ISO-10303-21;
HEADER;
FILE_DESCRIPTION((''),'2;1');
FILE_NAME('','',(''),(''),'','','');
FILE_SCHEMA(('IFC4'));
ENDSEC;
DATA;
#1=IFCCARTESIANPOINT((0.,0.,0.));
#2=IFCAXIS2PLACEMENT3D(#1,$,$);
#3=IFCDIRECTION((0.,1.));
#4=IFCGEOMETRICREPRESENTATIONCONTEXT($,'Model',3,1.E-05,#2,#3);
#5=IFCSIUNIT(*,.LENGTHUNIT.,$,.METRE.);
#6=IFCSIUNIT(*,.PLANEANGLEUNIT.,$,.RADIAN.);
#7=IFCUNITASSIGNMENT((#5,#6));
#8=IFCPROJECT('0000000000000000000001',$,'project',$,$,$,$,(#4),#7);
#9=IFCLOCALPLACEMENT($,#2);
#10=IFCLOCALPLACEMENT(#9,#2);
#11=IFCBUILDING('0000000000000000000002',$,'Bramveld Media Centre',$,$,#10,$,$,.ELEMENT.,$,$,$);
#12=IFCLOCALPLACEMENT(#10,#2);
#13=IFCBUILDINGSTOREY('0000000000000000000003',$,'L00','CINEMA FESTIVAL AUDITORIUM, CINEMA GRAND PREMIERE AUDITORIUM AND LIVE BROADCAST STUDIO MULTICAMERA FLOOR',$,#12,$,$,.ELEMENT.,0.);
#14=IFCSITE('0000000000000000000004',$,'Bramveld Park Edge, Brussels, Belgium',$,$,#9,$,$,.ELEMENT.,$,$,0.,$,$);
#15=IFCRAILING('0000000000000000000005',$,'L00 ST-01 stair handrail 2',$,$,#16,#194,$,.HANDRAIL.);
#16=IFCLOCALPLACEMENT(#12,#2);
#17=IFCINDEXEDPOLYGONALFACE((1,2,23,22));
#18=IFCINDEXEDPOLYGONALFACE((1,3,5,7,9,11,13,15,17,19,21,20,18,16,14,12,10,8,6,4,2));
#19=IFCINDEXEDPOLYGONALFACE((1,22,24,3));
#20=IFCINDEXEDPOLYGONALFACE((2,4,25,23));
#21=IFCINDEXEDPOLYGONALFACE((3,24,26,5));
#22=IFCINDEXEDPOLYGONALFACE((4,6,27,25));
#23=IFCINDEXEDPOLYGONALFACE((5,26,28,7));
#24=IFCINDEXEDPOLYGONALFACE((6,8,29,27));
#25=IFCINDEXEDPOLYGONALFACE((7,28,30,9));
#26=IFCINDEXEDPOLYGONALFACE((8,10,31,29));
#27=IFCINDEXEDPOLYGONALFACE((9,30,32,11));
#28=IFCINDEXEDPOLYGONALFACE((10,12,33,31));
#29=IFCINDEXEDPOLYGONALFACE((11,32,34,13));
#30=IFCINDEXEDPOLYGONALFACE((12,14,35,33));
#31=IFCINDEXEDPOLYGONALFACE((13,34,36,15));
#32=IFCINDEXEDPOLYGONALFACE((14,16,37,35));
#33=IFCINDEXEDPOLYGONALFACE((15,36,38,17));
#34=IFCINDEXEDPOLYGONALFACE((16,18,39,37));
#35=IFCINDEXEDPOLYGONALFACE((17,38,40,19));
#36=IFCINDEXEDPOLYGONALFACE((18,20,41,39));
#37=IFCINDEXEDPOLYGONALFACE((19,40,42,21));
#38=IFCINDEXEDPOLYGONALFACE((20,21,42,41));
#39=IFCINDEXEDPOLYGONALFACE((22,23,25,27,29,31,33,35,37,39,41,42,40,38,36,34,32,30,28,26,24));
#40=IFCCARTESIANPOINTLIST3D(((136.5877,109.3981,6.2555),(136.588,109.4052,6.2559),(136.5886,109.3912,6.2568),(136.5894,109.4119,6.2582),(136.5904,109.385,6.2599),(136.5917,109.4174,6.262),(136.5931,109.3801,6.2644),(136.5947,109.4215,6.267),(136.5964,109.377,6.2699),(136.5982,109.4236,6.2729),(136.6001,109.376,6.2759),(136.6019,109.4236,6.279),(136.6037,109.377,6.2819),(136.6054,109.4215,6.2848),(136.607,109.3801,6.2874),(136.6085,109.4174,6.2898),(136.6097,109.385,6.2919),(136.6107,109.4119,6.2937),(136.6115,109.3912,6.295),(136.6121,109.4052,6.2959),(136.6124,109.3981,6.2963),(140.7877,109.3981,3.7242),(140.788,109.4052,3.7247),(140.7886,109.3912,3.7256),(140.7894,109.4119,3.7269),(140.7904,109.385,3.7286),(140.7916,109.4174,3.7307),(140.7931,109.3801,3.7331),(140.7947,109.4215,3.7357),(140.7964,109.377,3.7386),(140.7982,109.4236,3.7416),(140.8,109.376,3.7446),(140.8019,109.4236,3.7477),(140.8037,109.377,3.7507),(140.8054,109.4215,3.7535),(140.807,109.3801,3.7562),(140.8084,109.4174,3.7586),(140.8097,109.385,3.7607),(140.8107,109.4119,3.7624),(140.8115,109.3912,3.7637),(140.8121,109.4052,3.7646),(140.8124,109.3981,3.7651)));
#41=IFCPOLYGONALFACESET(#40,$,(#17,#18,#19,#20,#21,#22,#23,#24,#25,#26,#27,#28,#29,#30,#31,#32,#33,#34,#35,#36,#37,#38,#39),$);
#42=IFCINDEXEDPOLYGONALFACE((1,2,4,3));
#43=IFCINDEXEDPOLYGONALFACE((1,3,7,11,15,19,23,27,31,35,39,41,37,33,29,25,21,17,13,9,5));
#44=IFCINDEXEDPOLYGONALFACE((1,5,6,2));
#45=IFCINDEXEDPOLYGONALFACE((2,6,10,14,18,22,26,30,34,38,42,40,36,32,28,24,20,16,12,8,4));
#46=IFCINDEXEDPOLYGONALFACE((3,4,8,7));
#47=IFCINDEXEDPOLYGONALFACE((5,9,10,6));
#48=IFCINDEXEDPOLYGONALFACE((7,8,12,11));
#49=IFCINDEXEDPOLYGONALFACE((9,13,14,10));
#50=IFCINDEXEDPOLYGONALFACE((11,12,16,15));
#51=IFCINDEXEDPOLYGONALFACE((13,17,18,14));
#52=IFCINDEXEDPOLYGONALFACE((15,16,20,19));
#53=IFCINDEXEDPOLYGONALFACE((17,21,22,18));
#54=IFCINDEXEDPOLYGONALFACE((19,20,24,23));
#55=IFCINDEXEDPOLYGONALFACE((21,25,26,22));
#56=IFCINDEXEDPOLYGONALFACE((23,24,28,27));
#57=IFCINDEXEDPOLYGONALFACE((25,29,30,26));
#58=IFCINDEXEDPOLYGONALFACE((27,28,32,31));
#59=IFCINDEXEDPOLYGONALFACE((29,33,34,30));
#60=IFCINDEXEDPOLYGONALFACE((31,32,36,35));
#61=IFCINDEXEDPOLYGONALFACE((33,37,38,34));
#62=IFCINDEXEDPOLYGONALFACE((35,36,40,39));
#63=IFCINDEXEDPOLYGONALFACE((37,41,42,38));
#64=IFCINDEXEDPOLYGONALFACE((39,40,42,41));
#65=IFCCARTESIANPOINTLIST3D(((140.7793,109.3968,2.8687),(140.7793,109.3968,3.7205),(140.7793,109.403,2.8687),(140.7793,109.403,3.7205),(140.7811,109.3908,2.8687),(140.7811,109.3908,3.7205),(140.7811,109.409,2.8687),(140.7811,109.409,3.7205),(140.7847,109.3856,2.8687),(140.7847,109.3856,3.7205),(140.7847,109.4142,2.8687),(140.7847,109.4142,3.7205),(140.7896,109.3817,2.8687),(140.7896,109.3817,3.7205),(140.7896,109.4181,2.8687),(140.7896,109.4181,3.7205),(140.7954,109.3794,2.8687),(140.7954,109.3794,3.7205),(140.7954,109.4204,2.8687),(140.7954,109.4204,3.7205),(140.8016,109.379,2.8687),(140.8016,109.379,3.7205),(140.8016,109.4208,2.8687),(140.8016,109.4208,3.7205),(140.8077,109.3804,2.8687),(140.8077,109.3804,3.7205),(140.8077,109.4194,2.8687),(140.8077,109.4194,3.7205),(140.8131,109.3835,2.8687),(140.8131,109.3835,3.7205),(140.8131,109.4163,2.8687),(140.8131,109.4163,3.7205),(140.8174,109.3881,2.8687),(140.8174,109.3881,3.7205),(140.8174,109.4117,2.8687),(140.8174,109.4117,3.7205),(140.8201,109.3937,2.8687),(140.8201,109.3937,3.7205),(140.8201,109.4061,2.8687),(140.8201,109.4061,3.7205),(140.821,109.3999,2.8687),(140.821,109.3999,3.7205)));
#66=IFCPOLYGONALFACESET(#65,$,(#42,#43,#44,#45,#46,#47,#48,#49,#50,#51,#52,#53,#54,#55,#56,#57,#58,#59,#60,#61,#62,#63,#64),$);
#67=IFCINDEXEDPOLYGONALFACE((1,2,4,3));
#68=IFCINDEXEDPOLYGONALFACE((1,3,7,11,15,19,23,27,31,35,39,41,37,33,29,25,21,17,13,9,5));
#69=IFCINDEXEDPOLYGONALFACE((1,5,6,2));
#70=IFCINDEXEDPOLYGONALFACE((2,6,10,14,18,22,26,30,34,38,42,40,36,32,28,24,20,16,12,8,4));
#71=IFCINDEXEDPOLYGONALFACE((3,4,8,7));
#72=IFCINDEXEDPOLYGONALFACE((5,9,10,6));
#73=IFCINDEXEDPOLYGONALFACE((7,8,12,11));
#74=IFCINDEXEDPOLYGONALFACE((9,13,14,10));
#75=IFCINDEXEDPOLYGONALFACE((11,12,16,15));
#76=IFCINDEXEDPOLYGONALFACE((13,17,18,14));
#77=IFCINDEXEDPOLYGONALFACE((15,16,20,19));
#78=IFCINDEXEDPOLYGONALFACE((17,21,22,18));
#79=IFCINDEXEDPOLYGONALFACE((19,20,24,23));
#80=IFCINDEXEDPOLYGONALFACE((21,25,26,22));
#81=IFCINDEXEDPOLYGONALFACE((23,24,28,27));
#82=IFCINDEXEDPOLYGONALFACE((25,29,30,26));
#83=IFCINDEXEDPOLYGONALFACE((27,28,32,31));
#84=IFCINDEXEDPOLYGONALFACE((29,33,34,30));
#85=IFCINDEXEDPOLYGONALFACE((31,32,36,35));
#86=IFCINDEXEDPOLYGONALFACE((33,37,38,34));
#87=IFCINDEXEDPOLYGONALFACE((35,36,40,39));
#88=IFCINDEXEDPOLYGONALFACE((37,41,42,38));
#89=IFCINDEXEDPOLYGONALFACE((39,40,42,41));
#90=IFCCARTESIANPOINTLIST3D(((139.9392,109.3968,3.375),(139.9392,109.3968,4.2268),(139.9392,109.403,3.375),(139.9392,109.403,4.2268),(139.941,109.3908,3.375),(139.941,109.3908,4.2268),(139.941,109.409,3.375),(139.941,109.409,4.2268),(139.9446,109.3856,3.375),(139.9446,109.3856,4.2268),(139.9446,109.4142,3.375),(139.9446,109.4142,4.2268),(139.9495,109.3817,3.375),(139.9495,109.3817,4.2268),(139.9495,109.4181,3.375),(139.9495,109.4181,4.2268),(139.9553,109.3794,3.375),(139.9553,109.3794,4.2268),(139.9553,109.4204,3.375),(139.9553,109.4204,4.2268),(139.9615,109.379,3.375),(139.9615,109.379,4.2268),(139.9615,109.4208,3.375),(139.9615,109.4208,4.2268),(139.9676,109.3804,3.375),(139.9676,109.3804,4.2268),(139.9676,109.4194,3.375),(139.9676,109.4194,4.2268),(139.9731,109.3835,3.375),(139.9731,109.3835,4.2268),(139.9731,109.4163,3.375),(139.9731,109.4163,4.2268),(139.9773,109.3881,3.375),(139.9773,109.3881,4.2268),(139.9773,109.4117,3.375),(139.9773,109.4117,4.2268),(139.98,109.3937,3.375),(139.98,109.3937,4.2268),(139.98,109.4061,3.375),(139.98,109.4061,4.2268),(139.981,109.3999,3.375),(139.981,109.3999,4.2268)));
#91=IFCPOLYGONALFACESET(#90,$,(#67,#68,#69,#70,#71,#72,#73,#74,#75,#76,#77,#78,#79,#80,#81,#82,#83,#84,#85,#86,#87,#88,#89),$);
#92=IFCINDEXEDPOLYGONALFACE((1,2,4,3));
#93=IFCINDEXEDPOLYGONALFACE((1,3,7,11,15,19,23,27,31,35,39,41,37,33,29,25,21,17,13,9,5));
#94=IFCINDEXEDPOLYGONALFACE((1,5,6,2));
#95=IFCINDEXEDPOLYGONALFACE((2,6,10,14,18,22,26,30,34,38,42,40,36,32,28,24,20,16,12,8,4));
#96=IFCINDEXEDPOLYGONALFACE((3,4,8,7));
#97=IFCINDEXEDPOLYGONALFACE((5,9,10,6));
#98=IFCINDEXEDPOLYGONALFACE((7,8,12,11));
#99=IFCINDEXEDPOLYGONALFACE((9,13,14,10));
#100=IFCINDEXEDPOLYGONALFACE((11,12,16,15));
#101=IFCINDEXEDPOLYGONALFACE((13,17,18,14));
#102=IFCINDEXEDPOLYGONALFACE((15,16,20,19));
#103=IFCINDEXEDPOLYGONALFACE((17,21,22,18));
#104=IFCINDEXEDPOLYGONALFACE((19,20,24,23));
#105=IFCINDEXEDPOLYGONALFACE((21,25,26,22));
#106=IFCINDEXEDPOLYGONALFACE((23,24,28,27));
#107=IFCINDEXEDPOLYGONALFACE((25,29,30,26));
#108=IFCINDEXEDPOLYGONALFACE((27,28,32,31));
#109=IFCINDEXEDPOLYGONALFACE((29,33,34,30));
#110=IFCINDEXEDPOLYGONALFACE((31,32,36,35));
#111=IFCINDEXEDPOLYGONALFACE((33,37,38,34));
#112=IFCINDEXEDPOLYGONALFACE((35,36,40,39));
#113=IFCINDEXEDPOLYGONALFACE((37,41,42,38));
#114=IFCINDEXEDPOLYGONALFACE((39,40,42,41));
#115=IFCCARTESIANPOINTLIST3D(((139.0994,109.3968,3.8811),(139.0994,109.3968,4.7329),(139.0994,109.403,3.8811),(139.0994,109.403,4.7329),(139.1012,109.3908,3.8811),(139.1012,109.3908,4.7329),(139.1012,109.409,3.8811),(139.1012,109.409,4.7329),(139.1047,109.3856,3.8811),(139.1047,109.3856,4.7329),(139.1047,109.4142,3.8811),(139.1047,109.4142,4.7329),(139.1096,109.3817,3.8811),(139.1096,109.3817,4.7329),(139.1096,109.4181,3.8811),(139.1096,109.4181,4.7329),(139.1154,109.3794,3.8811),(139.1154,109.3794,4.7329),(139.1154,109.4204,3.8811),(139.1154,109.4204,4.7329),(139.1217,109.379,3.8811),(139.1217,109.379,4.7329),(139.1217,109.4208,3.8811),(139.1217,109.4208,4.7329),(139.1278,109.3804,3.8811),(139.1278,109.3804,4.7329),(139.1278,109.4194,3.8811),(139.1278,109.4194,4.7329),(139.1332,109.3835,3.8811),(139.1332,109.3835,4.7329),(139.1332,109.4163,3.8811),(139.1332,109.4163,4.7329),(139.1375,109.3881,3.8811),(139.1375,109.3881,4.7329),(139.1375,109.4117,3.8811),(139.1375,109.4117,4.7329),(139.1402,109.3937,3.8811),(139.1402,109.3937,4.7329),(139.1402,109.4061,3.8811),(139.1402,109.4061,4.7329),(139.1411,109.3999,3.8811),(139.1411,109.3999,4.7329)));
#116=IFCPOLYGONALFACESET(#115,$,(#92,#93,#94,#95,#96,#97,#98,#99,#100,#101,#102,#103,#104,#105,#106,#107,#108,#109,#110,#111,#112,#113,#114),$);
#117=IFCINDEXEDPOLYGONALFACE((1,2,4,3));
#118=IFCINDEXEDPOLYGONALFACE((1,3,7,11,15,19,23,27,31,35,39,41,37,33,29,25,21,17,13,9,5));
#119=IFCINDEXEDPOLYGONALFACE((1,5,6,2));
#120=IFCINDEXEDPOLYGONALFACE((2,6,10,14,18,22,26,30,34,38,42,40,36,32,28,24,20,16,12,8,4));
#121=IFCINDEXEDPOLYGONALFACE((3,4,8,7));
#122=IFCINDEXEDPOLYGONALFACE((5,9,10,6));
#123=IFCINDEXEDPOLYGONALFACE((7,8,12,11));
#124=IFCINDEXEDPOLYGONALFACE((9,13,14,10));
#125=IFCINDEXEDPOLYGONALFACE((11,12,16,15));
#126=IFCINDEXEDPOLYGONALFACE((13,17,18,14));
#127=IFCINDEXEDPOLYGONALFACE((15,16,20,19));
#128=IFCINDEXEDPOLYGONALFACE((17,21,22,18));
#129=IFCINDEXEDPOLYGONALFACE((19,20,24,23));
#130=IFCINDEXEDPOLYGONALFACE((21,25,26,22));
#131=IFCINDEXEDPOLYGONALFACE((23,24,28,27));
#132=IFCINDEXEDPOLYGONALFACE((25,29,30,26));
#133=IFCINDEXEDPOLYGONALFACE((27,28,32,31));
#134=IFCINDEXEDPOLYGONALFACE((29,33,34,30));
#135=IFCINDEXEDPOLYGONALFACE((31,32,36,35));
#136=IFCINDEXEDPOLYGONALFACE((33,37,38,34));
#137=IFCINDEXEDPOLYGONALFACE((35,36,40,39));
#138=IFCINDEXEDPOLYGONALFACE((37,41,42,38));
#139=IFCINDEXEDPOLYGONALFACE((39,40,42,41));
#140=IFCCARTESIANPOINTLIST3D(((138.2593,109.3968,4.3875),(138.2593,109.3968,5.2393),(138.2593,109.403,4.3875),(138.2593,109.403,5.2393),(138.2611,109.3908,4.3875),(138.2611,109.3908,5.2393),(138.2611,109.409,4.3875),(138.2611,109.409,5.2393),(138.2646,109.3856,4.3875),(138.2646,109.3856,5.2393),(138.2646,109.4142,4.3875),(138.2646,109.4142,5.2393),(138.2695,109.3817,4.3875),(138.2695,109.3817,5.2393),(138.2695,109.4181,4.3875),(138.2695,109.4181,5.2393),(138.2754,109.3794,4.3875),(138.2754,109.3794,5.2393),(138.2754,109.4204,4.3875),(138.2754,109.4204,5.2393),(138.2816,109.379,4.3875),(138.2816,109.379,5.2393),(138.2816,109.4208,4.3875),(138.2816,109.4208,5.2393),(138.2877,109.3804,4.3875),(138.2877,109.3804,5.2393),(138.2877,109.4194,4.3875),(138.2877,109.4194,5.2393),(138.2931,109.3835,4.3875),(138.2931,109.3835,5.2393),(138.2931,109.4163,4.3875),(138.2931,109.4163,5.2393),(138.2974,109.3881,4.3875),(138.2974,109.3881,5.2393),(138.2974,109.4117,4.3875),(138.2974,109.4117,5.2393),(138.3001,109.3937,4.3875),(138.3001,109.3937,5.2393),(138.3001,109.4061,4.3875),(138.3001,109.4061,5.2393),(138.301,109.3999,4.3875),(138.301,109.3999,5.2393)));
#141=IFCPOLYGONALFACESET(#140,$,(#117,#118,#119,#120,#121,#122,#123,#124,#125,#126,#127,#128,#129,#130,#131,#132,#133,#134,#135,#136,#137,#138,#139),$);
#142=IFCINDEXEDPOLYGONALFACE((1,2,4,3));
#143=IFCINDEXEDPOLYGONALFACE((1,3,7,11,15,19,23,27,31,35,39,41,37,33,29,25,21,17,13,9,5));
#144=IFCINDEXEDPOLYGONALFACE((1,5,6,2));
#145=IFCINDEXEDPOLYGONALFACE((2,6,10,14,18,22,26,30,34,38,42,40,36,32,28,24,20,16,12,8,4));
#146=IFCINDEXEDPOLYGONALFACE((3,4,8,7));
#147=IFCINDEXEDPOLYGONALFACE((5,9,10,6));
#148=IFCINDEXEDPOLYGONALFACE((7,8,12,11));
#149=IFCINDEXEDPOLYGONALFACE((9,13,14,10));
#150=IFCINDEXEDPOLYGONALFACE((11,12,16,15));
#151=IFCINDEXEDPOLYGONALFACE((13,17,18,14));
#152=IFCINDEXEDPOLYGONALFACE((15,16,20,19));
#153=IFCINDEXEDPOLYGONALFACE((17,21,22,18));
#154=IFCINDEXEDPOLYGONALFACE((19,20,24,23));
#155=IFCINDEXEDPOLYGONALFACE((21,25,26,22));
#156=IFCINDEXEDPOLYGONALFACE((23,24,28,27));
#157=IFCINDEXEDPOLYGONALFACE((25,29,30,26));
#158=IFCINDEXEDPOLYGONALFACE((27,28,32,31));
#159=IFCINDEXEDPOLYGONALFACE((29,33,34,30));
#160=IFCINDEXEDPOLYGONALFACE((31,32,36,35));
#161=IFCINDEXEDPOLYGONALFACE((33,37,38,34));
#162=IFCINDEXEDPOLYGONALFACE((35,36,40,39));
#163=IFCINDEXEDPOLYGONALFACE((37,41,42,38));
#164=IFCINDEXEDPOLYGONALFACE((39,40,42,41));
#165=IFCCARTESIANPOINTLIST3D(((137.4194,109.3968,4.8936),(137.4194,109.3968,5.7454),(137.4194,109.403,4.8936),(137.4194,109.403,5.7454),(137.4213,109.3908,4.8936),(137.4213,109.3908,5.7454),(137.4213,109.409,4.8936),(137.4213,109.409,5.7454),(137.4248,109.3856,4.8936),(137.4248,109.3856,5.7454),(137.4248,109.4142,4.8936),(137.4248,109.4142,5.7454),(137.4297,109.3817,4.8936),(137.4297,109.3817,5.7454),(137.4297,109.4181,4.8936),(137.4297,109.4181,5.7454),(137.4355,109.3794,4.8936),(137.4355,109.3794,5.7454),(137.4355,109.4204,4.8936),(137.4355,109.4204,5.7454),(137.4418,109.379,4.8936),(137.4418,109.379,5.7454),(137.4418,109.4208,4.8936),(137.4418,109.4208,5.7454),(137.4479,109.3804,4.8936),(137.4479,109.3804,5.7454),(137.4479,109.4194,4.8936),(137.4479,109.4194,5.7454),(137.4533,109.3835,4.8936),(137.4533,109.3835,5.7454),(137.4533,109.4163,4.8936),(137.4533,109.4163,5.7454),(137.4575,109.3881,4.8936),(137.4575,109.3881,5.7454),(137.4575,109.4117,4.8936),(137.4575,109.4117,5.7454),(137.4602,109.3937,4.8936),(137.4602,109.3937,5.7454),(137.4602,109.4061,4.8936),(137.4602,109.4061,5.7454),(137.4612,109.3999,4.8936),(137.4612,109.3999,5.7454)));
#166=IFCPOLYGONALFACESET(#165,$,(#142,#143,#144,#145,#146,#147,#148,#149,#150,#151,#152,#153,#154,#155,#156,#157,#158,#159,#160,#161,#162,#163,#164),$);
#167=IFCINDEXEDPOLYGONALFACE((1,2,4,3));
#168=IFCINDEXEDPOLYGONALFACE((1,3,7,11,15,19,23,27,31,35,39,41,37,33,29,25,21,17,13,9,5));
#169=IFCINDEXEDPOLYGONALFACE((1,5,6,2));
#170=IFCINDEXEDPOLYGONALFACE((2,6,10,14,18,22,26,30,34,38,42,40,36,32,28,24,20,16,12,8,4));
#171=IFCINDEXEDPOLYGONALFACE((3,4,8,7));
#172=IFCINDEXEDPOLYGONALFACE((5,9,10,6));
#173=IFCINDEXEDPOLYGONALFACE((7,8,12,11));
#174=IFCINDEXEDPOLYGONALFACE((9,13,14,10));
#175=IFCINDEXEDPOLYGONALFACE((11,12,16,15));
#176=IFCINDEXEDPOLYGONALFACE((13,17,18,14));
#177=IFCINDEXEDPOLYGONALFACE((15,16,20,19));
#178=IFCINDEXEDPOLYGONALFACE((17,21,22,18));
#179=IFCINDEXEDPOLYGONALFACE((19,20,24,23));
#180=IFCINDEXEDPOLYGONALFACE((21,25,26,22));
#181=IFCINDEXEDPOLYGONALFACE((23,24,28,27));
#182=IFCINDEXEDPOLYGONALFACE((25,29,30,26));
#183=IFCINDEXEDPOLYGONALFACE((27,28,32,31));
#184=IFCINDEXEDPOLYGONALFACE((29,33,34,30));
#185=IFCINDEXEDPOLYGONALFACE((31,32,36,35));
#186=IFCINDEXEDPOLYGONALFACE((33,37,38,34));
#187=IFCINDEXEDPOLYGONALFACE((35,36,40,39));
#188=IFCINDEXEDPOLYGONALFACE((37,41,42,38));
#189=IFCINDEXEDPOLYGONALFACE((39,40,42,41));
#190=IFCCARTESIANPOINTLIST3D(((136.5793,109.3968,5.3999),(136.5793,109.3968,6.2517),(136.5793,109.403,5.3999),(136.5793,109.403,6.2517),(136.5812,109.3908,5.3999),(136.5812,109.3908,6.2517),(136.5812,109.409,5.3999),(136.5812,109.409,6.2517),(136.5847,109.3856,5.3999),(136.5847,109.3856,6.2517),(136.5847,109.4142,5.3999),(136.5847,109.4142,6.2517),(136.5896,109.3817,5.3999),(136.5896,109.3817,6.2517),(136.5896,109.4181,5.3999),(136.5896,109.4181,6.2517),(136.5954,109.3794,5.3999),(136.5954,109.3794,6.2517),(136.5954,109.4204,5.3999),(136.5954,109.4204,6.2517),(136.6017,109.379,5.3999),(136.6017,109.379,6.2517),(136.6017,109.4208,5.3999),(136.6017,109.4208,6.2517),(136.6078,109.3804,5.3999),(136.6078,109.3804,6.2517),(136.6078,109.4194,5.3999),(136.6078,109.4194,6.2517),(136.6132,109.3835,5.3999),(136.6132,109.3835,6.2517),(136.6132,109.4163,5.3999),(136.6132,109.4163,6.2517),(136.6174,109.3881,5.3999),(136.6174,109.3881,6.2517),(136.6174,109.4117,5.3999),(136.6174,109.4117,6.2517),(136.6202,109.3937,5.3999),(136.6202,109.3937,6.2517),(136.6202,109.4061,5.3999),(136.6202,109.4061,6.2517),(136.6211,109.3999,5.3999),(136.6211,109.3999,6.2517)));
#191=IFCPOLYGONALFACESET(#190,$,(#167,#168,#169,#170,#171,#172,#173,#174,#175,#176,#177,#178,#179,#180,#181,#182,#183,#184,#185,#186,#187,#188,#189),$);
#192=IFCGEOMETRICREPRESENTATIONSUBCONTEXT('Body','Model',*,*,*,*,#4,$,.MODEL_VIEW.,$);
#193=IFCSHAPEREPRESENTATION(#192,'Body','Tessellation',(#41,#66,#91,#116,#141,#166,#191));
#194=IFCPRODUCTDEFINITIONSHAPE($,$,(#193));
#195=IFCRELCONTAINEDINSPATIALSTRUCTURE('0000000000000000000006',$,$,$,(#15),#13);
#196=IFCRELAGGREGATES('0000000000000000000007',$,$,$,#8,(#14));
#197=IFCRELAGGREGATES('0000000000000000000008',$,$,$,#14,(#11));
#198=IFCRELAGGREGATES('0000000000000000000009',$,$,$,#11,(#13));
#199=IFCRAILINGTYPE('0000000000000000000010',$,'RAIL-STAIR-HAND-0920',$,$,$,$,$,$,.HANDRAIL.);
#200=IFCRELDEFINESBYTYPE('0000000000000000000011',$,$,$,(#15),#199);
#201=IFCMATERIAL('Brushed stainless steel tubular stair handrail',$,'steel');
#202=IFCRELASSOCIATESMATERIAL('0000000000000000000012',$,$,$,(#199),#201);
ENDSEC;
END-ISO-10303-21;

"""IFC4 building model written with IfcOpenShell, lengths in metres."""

from ifc_helpers import new_model, si_unit, direction, frame, origin, origin_2d, place, context, subcontext, project, spatial, circle, extrude, material, type_object, element, save


model = new_model("IFC4")

# Units and contexts
model_context = context("Model", 3, precision=1e-05, world=origin(), true_north=direction((0.0, 1.0)))
body_context = subcontext(model_context, "Body", "Model", "MODEL_VIEW")
ifc_project = project(units=[si_unit("LENGTHUNIT", "METRE"), si_unit("PLANEANGLEUNIT", "RADIAN")], contexts=[model_context])

# Site, building, storey
site_placement = place(None, origin())
site = spatial("IfcSite", under=ifc_project, at=site_placement, Name="Bramveld Park Edge, Brussels, Belgium", CompositionType="ELEMENT", RefElevation=0.0)
building_placement = place(site_placement, origin())
building = spatial("IfcBuilding", under=site, at=building_placement, Name="Bramveld Media Centre", CompositionType="ELEMENT")
storey_placement = place(building_placement, origin())
storey = spatial("IfcBuildingStorey", under=building, at=storey_placement, Name="L00", Description="CINEMA FESTIVAL AUDITORIUM, CINEMA GRAND PREMIERE AUDITORIUM AND LIVE BROADCAST STUDIO MULTICAMERA FLOOR", CompositionType="ELEMENT", Elevation=0.0)

# Railing
ifc_material_1 = material(Name="Brushed stainless steel tubular stair handrail", Category="steel")
railing_type_1 = type_object("IfcRailingType", Name="RAIL-STAIR-HAND-0920", PredefinedType="HANDRAIL", material=ifc_material_1)
railing_1_placement = place(storey_placement, frame((140.8, 109.3999, 2.8687)))
element("IfcRailing", 1, at=railing_1_placement, inside=storey, type_object=railing_type_1, Name="L00 ST-01 stair handrail 2", PredefinedType="HANDRAIL", context=body_context, shape_type="SweptSolid", body=[
    extrude(circle(Radius=0.0239, at=origin_2d()), frame((0.0, 0.0, 0.876), z_axis=(-0.856476, 0.0, 0.516186), x_axis=(0.0, -1.0, 0.0)), (0.0, 0.0, 1.0), 4.9038),
    extrude(circle(Radius=0.021, at=origin_2d()), origin(), (0.0, 0.0, 1.0), 0.8518),
    extrude(circle(Radius=0.021, at=origin_2d()), frame((-0.8401, 0.0, 0.5063)), (0.0, 0.0, 1.0), 0.8518),
    extrude(circle(Radius=0.021, at=origin_2d()), frame((-1.6799, 0.0, 1.0125)), (0.0, 0.0, 1.0), 0.8518),
    extrude(circle(Radius=0.021, at=origin_2d()), frame((-2.52, 0.0, 1.5188)), (0.0, 0.0, 1.0), 0.8518),
    extrude(circle(Radius=0.021, at=origin_2d()), frame((-3.3599, 0.0, 2.0249)), (0.0, 0.0, 1.0), 0.8518),
    extrude(circle(Radius=0.021, at=origin_2d()), frame((-4.2, 0.0, 2.5312)), (0.0, 0.0, 1.0), 0.8518),
])

save(model, "model.ifc")
